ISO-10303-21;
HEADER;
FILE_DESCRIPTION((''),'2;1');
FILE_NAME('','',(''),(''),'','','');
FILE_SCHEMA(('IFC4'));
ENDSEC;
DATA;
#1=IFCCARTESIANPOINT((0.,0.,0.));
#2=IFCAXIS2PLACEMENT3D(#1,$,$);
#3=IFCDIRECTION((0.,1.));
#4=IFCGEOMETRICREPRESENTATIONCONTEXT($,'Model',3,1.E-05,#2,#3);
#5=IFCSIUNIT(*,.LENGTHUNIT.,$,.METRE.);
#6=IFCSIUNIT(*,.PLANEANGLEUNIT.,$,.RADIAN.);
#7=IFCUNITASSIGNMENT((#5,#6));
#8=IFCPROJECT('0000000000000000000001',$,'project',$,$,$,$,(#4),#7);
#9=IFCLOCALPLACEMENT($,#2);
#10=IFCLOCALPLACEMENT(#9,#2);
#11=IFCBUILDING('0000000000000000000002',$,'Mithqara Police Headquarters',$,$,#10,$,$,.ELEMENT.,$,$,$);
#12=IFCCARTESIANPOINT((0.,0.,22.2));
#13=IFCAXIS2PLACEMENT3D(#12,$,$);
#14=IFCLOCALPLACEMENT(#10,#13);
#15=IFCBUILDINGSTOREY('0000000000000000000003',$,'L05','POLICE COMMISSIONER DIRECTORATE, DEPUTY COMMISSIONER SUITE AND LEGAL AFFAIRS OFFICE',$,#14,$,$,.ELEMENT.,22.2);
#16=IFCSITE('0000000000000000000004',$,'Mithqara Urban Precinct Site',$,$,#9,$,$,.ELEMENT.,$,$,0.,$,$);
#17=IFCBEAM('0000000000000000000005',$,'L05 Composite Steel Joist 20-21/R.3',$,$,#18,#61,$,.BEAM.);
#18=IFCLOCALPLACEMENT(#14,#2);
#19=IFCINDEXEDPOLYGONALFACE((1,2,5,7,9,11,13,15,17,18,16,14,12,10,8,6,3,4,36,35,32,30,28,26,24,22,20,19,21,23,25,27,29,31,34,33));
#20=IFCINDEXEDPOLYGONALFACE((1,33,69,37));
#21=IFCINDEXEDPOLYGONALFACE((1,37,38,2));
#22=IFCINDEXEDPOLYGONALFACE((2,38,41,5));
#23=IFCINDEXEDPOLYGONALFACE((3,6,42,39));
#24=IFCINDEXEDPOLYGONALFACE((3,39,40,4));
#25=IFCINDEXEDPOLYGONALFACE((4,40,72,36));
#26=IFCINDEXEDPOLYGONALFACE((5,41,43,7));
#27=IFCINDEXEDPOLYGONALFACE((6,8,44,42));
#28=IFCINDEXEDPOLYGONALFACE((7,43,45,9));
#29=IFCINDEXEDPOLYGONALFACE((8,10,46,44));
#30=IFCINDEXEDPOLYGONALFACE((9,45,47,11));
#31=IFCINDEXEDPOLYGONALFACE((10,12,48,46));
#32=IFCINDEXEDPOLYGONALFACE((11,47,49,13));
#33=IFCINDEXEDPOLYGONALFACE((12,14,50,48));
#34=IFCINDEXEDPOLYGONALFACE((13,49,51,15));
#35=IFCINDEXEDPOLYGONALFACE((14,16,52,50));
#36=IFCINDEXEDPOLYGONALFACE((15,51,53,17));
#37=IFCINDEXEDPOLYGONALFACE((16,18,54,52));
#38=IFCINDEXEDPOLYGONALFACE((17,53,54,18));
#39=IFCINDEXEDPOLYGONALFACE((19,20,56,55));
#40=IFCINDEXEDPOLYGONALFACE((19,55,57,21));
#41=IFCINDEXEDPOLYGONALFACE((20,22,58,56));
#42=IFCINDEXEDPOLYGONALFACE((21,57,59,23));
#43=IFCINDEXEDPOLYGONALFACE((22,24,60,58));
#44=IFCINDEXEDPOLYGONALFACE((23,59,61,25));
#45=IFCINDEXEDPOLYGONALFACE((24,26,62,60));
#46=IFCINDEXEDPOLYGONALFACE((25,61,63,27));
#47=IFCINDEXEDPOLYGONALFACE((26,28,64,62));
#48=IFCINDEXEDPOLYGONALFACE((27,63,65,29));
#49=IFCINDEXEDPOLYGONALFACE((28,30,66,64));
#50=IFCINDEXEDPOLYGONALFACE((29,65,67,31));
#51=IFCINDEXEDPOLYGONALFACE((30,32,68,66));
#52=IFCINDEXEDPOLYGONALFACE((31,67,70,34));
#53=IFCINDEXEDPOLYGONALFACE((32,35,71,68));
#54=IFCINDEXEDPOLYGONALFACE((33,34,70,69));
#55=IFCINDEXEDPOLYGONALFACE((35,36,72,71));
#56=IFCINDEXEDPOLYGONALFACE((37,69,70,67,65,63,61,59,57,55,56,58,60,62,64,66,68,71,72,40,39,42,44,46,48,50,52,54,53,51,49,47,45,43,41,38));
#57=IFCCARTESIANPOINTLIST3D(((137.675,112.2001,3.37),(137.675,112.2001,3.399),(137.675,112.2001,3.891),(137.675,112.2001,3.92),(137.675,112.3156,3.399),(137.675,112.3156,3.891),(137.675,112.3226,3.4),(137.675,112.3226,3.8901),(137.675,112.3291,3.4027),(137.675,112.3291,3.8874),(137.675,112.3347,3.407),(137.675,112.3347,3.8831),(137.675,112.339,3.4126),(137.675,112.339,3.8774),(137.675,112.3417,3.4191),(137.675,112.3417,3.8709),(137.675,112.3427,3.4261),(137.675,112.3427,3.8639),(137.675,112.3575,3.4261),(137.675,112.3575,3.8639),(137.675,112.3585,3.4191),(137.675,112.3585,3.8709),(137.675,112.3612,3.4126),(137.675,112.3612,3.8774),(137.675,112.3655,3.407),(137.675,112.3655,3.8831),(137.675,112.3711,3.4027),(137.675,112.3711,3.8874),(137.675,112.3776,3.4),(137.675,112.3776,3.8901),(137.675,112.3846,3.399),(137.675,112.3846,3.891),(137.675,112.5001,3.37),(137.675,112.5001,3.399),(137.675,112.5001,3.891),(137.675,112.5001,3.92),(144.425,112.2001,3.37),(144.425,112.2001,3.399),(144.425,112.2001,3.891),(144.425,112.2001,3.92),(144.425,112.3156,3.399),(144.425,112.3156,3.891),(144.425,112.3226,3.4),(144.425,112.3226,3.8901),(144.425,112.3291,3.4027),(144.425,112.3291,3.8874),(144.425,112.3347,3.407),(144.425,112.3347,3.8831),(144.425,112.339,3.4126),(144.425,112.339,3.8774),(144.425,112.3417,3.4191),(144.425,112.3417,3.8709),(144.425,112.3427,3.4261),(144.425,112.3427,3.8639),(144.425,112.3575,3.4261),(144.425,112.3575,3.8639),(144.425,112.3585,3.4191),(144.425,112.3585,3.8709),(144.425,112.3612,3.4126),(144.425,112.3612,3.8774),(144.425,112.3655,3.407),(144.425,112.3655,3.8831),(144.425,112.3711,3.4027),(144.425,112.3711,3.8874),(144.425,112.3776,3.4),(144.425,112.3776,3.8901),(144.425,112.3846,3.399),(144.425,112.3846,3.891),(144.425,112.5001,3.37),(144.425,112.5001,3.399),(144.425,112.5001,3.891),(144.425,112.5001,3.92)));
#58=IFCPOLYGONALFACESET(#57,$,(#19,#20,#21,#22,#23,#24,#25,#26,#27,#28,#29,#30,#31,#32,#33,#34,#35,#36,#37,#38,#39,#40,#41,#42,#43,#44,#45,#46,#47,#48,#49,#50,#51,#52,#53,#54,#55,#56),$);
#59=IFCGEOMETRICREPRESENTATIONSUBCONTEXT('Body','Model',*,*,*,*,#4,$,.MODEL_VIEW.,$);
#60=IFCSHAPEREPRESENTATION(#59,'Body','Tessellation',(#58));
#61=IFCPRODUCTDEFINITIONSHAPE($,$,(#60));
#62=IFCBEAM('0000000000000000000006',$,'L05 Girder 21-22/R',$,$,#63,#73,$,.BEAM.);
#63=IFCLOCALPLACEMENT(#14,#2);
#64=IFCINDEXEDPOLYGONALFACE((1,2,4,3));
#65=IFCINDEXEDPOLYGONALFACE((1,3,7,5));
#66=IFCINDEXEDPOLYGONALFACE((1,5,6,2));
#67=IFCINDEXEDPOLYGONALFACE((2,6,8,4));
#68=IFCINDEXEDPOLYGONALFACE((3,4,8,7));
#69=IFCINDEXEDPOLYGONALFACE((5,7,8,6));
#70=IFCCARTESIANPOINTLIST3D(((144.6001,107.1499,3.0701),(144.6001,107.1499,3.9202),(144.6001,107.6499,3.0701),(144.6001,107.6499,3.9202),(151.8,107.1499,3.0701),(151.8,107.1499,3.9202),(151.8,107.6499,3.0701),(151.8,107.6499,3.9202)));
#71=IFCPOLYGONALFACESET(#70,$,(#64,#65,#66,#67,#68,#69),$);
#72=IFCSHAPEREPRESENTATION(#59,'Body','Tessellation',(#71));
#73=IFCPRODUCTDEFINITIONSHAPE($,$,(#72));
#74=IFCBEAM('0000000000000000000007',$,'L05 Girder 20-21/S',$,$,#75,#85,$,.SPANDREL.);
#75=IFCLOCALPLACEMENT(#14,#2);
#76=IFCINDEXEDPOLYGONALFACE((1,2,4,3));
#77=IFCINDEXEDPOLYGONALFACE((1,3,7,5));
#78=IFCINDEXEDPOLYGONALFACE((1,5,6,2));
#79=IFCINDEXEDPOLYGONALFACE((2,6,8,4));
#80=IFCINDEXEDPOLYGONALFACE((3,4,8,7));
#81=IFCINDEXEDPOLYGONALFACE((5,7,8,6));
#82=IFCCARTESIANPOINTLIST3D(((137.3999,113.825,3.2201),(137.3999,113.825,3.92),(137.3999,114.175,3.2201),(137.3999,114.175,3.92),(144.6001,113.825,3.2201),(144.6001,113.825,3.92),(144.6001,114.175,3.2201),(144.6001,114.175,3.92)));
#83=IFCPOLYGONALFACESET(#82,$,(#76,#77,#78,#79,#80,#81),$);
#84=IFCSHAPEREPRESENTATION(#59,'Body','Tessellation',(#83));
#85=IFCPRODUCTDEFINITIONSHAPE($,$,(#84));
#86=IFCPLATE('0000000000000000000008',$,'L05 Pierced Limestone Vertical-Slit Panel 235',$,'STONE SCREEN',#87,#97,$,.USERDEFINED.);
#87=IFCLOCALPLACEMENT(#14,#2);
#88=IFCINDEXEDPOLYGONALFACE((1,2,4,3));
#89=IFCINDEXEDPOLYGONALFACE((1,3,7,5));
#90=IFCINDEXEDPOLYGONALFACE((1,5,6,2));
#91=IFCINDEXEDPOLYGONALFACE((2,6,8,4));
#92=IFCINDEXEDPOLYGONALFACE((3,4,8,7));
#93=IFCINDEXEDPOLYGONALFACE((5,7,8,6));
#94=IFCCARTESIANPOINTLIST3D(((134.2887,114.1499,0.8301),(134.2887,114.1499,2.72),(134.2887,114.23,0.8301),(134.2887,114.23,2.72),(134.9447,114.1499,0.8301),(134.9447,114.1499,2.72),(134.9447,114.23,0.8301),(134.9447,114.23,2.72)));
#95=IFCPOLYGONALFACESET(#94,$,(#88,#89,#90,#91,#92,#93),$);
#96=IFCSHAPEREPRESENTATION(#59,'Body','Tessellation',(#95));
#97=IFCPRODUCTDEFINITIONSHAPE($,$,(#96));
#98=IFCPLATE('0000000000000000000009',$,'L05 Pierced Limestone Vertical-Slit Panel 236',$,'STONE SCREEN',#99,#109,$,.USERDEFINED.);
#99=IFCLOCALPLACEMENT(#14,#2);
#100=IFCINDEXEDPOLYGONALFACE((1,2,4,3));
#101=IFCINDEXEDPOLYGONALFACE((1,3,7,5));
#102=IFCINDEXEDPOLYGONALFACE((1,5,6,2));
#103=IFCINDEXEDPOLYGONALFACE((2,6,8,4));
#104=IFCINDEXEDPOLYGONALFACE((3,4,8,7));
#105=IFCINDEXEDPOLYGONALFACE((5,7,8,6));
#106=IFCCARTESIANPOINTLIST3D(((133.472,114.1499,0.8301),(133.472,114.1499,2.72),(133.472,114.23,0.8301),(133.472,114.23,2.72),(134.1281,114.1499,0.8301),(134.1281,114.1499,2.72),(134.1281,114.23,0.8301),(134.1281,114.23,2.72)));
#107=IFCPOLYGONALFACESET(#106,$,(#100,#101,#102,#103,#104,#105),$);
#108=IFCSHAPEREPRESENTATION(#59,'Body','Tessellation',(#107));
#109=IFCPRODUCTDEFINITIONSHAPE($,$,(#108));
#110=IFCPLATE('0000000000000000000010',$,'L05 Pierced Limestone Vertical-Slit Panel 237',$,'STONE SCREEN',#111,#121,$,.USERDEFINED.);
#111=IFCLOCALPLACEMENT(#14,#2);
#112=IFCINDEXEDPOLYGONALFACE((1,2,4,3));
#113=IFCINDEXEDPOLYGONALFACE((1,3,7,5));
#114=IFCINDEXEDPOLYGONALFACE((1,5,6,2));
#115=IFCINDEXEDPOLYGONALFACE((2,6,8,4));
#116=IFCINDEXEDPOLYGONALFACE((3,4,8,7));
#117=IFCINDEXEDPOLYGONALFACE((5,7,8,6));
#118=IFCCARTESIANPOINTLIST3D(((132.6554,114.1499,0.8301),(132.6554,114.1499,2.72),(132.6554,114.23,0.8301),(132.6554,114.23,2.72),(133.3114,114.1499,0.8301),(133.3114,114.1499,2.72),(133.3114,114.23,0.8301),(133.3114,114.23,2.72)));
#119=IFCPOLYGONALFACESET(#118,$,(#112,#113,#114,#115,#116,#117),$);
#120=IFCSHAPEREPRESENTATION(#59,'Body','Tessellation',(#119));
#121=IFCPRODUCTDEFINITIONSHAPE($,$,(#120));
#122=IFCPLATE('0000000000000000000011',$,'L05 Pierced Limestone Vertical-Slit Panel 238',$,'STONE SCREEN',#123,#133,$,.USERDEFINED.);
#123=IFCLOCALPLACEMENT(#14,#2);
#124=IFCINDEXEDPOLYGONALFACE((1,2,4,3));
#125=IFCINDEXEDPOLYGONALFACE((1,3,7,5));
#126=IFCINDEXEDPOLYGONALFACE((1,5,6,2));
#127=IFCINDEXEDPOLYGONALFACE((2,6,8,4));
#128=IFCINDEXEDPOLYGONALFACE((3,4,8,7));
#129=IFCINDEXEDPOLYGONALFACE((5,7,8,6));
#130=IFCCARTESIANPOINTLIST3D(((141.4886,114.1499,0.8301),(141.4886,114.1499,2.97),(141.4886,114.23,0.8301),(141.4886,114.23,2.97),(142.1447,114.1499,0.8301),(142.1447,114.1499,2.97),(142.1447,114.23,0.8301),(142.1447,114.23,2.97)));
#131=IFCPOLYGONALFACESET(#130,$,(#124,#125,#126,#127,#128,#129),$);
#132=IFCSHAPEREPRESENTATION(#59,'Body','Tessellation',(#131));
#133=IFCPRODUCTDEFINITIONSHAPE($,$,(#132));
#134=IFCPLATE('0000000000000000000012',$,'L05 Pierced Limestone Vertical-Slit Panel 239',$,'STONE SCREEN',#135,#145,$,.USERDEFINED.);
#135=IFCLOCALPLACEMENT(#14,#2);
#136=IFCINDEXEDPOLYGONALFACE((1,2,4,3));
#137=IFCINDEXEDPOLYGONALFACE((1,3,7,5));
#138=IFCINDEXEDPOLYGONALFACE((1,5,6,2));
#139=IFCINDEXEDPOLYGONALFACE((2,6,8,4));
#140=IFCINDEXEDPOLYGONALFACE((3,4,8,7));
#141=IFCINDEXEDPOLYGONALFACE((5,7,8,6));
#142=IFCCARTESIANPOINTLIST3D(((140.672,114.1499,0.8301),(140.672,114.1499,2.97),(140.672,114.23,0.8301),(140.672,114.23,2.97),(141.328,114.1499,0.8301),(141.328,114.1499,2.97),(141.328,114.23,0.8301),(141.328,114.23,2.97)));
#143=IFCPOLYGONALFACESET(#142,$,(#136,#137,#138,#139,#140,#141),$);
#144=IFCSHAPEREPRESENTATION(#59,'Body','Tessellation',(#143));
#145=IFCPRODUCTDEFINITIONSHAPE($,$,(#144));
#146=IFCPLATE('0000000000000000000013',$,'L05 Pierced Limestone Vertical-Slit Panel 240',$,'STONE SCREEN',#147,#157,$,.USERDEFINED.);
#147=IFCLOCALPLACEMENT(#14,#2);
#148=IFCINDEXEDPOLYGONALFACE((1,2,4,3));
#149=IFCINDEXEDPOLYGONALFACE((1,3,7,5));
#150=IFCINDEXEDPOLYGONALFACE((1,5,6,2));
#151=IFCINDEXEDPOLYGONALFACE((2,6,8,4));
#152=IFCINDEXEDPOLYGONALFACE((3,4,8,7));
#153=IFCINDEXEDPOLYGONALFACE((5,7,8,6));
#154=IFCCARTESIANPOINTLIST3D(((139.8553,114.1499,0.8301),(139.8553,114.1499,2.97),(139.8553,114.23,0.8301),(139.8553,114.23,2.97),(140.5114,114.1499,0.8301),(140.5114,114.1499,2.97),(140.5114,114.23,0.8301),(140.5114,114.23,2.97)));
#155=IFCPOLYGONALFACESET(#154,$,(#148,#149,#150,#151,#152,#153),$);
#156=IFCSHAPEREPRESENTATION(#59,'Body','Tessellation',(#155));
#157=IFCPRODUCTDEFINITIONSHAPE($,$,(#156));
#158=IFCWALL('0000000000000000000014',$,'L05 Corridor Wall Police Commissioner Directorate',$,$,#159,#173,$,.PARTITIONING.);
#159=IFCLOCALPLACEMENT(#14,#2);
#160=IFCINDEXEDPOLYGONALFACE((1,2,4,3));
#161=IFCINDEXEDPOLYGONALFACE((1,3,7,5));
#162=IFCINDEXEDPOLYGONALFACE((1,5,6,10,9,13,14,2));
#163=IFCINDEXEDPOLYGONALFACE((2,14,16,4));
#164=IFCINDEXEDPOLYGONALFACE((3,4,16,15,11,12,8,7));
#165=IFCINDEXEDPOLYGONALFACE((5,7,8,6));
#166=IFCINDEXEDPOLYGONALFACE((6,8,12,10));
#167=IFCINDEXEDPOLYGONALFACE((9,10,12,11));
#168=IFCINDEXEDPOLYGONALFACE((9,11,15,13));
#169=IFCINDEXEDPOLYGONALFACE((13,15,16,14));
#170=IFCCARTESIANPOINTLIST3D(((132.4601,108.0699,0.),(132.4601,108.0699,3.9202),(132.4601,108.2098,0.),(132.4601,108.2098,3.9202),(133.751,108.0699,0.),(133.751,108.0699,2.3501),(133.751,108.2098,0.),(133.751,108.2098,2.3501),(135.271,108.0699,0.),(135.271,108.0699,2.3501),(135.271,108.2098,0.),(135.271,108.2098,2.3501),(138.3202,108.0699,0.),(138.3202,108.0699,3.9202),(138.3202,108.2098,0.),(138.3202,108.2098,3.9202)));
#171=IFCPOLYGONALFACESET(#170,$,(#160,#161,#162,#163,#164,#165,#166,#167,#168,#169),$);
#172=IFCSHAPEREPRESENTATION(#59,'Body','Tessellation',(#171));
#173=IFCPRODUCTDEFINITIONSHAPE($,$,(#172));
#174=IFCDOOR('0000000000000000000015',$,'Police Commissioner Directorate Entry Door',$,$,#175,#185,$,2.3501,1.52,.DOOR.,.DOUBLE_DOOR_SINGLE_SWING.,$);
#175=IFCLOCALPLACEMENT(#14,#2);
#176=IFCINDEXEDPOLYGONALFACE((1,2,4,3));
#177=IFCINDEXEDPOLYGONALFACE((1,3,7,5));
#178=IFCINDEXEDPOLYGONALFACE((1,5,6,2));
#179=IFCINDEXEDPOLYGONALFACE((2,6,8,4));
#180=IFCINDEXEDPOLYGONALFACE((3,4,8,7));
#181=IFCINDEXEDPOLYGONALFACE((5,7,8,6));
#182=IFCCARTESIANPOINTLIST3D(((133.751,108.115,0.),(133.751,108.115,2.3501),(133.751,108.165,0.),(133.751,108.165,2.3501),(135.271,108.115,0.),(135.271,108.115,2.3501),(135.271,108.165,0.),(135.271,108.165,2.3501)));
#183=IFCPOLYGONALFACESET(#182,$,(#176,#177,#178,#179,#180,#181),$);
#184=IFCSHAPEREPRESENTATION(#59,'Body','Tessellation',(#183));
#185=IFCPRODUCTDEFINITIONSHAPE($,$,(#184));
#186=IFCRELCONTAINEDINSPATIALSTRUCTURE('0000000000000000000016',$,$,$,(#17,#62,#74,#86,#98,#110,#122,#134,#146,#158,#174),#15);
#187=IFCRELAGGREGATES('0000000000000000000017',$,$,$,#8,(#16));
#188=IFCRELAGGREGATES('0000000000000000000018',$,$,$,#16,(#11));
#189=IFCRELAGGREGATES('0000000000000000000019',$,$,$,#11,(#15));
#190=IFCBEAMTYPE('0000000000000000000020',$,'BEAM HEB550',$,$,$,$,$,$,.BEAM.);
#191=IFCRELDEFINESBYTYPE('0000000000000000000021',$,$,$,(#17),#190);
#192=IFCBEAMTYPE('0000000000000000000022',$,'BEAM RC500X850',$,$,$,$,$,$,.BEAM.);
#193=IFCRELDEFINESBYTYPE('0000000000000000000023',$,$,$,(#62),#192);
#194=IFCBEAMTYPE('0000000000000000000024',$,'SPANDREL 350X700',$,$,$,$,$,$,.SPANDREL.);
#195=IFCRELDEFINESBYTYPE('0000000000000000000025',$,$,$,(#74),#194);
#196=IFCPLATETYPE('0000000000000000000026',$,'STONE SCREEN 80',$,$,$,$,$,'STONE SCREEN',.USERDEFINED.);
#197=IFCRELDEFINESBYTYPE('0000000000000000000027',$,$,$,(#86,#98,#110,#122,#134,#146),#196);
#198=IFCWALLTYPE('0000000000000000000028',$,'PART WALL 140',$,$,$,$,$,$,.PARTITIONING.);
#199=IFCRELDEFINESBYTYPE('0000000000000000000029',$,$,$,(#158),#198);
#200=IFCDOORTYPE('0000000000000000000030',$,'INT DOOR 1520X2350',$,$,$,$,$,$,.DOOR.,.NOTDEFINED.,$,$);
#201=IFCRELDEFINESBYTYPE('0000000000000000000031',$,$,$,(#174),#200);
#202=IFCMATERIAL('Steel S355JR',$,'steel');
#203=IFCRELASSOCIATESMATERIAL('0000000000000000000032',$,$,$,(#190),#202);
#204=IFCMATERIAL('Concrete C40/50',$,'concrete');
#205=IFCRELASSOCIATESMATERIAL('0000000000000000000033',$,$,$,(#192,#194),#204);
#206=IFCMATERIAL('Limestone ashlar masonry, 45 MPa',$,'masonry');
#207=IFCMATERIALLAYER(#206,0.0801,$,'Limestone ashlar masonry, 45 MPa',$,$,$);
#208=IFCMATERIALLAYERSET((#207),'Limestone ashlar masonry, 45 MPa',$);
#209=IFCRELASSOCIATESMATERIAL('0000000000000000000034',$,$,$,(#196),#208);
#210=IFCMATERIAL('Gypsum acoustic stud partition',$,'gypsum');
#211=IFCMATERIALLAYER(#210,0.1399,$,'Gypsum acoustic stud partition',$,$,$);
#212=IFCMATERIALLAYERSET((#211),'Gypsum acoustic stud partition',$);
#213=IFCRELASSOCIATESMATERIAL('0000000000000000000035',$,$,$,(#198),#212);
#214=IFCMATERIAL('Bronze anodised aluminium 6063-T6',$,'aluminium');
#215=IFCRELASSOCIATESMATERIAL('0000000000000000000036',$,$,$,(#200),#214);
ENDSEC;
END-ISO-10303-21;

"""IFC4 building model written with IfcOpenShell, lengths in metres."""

from ifc_helpers import new_model, si_unit, direction, frame, frame_2d, origin, origin_2d, place, context, subcontext, project, spatial, rectangle, i_section, extrude, material, layer, layer_set, material_profile, profile_set, type_object, element, fill, save


model = new_model("IFC4")

# Units and contexts
model_context = context("Model", 3, precision=1e-05, world=origin(), true_north=direction((0.0, 1.0)))
body_context = subcontext(model_context, "Body", "Model", "MODEL_VIEW")
ifc_project = project(units=[si_unit("LENGTHUNIT", "METRE"), si_unit("PLANEANGLEUNIT", "RADIAN")], contexts=[model_context])

# Site, building, storey
site_placement = place(None, origin())
site = spatial("IfcSite", under=ifc_project, at=site_placement, Name="Mithqara Urban Precinct Site", CompositionType="ELEMENT", RefElevation=0.0)
building_placement = place(site_placement, origin())
building = spatial("IfcBuilding", under=site, at=building_placement, Name="Mithqara Police Headquarters", CompositionType="ELEMENT")
storey_placement = place(building_placement, frame((0.0, 0.0, 22.2)))
storey = spatial("IfcBuildingStorey", under=building, at=storey_placement, Name="L05", Description="POLICE COMMISSIONER DIRECTORATE, DEPUTY COMMISSIONER SUITE AND LEGAL AFFAIRS OFFICE", CompositionType="ELEMENT", Elevation=22.2)

# Beams
ifc_material_1 = material(Name="Steel S355JR", Category="steel")
ifc_material_profile_1 = material_profile(ifc_material_1, i_section(OverallWidth=0.3, OverallDepth=0.55, WebThickness=0.0149, FlangeThickness=0.0291, FilletRadius=0.0271, at=origin_2d()), Name="HEB 550")
ifc_profile_set_1 = profile_set([ifc_material_profile_1], Name="Steel S355JR")
beam_type_1 = type_object("IfcBeamType", Name="BEAM HEB550", PredefinedType="BEAM", material=ifc_profile_set_1)
for number, where, z_axis, x_axis, name in (
    (1, (137.675, 112.3501, 3.645), (1.0, 0.0, 0.0), (0.0, 1.0, 0.0), "L05 Composite Steel Joist 20-21/R.3"),
):
    element("IfcBeam", number, at=place(storey_placement, frame(where, z_axis=z_axis, x_axis=x_axis)), inside=storey, type_object=beam_type_1, Name=name, PredefinedType="BEAM", context=body_context, shape_type="SweptSolid", body=[
        extrude(i_section(OverallWidth=0.3, OverallDepth=0.55, WebThickness=0.0149, FlangeThickness=0.0291, FilletRadius=0.0271, at=origin_2d()), origin(), (0.0, 0.0, 1.0), 6.75),
    ])
ifc_material_2 = material(Name="Concrete C40/50", Category="concrete")
ifc_material_profile_2 = material_profile(ifc_material_2, rectangle(XDim=0.5, YDim=0.8501, at=origin_2d()), Name="RC 500x850")
ifc_profile_set_2 = profile_set([ifc_material_profile_2], Name="Concrete C40/50")
beam_type_2 = type_object("IfcBeamType", Name="BEAM RC500X850", PredefinedType="BEAM", material=ifc_profile_set_2)
beam_1_placement = place(storey_placement, frame((144.6001, 107.3999, 3.4951), z_axis=(1.0, 0.0, 0.0), x_axis=(0.0, 1.0, 0.0)))
element("IfcBeam", 2, at=beam_1_placement, inside=storey, type_object=beam_type_2, Name="L05 Girder 21-22/R", PredefinedType="BEAM", context=body_context, shape_type="SweptSolid", body=[
    extrude(rectangle(XDim=0.5, YDim=0.8501, at=origin_2d()), origin(), (0.0, 0.0, 1.0), 7.2),
])
ifc_material_profile_3 = material_profile(ifc_material_2, rectangle(XDim=0.3501, YDim=0.7, at=origin_2d()), Name="SPB 350x700")
ifc_profile_set_3 = profile_set([ifc_material_profile_3], Name="Concrete C40/50")
beam_type_3 = type_object("IfcBeamType", Name="SPANDREL 350X700", PredefinedType="SPANDREL", material=ifc_profile_set_3)
beam_2_placement = place(storey_placement, frame((137.3999, 114.0, 3.5701), z_axis=(1.0, 0.0, 0.0), x_axis=(0.0, 1.0, 0.0)))
element("IfcBeam", 3, at=beam_2_placement, inside=storey, type_object=beam_type_3, Name="L05 Girder 20-21/S", PredefinedType="SPANDREL", context=body_context, shape_type="SweptSolid", body=[
    extrude(rectangle(XDim=0.3501, YDim=0.7, at=origin_2d()), origin(), (0.0, 0.0, 1.0), 7.2002),
])

# Plates
ifc_material_3 = material(Name="Limestone ashlar masonry, 45 MPa", Category="masonry")
ifc_layer_1 = layer(ifc_material_3, 0.0801, Name="Limestone ashlar masonry, 45 MPa")
ifc_layer_set_1 = layer_set([ifc_layer_1], Name="Limestone ashlar masonry, 45 MPa")
plate_type = type_object("IfcPlateType", Name="STONE SCREEN 80", ElementType="STONE SCREEN", PredefinedType="USERDEFINED", material=ifc_layer_set_1)
for number, where, z_axis, x_axis, name in (
    (4, (134.6167, 114.1899, 0.8301), (0.0, 0.0, 1.0), (1.0, 0.0, 0.0), "L05 Pierced Limestone Vertical-Slit Panel 235"),
    (5, (133.8, 114.1899, 0.8301), (0.0, 0.0, 1.0), (1.0, 0.0, 0.0), "L05 Pierced Limestone Vertical-Slit Panel 236"),
    (6, (132.9834, 114.1899, 0.8301), (0.0, 0.0, 1.0), (1.0, 0.0, 0.0), "L05 Pierced Limestone Vertical-Slit Panel 237"),
):
    element("IfcPlate", number, at=place(storey_placement, frame(where, z_axis=z_axis, x_axis=x_axis)), inside=storey, type_object=plate_type, Name=name, ObjectType="STONE SCREEN", PredefinedType="USERDEFINED", context=body_context, shape_type="SweptSolid", body=[
        extrude(rectangle(XDim=0.656, YDim=0.0801, at=origin_2d()), origin(), (0.0, 0.0, 1.0), 1.8899),
    ])
for number, where, z_axis, x_axis, name in (
    (7, (141.8167, 114.1899, 0.8301), (0.0, 0.0, 1.0), (1.0, 0.0, 0.0), "L05 Pierced Limestone Vertical-Slit Panel 238"),
    (8, (141.0, 114.1899, 0.8301), (0.0, 0.0, 1.0), (1.0, 0.0, 0.0), "L05 Pierced Limestone Vertical-Slit Panel 239"),
    (9, (140.1833, 114.1899, 0.8301), (0.0, 0.0, 1.0), (1.0, 0.0, 0.0), "L05 Pierced Limestone Vertical-Slit Panel 240"),
):
    element("IfcPlate", number, at=place(storey_placement, frame(where, z_axis=z_axis, x_axis=x_axis)), inside=storey, type_object=plate_type, Name=name, ObjectType="STONE SCREEN", PredefinedType="USERDEFINED", context=body_context, shape_type="SweptSolid", body=[
        extrude(rectangle(XDim=0.656, YDim=0.0801, at=origin_2d()), origin(), (0.0, 0.0, 1.0), 2.1399),
    ])

# Wall, opening, door
ifc_material_4 = material(Name="Gypsum acoustic stud partition", Category="gypsum")
ifc_layer_2 = layer(ifc_material_4, 0.1399, Name="Gypsum acoustic stud partition")
ifc_layer_set_2 = layer_set([ifc_layer_2], Name="Gypsum acoustic stud partition")
wall_type = type_object("IfcWallType", Name="PART WALL 140", PredefinedType="PARTITIONING", material=ifc_layer_set_2)
wall_1_placement = place(storey_placement, frame((132.46, 108.1399, 0.0), z_axis=(0.0, 0.0, 1.0), x_axis=(1.0, 0.0, 0.0)))
wall_1 = element("IfcWall", 10, at=wall_1_placement, inside=storey, type_object=wall_type, Name="L05 Corridor Wall Police Commissioner Directorate", PredefinedType="PARTITIONING", context=body_context, shape_type="SweptSolid", body=[
    extrude(rectangle(XDim=5.8601, YDim=0.1399, at=frame_2d((2.9302, 0.0))), origin(), (0.0, 0.0, 1.0), 3.9202),
])
opening_1_placement = place(wall_1_placement, frame((1.291, 0.0, 0.0)))
opening_1 = element("IfcOpeningElement", 11, at=opening_1_placement, cuts=wall_1, PredefinedType="OPENING", context=body_context, shape_type="SweptSolid", body=[
    extrude(rectangle(XDim=1.52, YDim=2.3501, at=frame_2d((0.76, 1.175))), frame((0.0, 0.0801, 0.0), z_axis=(0.0, -1.0, 0.0), x_axis=(1.0, 0.0, 0.0)), (0.0, 0.0, 1.0), 0.1599),
])
ifc_material_5 = material(Name="Bronze anodised aluminium 6063-T6", Category="aluminium")
door_type_1 = type_object("IfcDoorType", Name="INT DOOR 1520X2350", OperationType="NOTDEFINED", PredefinedType="DOOR", material=ifc_material_5)
door_1_placement = place(opening_1_placement, frame((1.52, 0.0, 0.0), z_axis=(0.0, 0.0, 1.0), x_axis=(-1.0, 0.0, 0.0)))
door_1 = element("IfcDoor", 12, at=door_1_placement, inside=storey, type_object=door_type_1, Name="Police Commissioner Directorate Entry Door", OperationType="DOUBLE_DOOR_SINGLE_SWING", OverallHeight=2.3501, OverallWidth=1.52, PredefinedType="DOOR", context=body_context, shape_type="SweptSolid", body=[
    extrude(rectangle(XDim=1.52, YDim=2.3501, at=frame_2d((0.76, 1.175))), frame((0.0, 0.0249, 0.0), z_axis=(0.0, -1.0, 0.0), x_axis=(1.0, 0.0, 0.0)), (0.0, 0.0, 1.0), 0.05),
])
fill(opening_1, door_1)

save(model, "model.ifc")
